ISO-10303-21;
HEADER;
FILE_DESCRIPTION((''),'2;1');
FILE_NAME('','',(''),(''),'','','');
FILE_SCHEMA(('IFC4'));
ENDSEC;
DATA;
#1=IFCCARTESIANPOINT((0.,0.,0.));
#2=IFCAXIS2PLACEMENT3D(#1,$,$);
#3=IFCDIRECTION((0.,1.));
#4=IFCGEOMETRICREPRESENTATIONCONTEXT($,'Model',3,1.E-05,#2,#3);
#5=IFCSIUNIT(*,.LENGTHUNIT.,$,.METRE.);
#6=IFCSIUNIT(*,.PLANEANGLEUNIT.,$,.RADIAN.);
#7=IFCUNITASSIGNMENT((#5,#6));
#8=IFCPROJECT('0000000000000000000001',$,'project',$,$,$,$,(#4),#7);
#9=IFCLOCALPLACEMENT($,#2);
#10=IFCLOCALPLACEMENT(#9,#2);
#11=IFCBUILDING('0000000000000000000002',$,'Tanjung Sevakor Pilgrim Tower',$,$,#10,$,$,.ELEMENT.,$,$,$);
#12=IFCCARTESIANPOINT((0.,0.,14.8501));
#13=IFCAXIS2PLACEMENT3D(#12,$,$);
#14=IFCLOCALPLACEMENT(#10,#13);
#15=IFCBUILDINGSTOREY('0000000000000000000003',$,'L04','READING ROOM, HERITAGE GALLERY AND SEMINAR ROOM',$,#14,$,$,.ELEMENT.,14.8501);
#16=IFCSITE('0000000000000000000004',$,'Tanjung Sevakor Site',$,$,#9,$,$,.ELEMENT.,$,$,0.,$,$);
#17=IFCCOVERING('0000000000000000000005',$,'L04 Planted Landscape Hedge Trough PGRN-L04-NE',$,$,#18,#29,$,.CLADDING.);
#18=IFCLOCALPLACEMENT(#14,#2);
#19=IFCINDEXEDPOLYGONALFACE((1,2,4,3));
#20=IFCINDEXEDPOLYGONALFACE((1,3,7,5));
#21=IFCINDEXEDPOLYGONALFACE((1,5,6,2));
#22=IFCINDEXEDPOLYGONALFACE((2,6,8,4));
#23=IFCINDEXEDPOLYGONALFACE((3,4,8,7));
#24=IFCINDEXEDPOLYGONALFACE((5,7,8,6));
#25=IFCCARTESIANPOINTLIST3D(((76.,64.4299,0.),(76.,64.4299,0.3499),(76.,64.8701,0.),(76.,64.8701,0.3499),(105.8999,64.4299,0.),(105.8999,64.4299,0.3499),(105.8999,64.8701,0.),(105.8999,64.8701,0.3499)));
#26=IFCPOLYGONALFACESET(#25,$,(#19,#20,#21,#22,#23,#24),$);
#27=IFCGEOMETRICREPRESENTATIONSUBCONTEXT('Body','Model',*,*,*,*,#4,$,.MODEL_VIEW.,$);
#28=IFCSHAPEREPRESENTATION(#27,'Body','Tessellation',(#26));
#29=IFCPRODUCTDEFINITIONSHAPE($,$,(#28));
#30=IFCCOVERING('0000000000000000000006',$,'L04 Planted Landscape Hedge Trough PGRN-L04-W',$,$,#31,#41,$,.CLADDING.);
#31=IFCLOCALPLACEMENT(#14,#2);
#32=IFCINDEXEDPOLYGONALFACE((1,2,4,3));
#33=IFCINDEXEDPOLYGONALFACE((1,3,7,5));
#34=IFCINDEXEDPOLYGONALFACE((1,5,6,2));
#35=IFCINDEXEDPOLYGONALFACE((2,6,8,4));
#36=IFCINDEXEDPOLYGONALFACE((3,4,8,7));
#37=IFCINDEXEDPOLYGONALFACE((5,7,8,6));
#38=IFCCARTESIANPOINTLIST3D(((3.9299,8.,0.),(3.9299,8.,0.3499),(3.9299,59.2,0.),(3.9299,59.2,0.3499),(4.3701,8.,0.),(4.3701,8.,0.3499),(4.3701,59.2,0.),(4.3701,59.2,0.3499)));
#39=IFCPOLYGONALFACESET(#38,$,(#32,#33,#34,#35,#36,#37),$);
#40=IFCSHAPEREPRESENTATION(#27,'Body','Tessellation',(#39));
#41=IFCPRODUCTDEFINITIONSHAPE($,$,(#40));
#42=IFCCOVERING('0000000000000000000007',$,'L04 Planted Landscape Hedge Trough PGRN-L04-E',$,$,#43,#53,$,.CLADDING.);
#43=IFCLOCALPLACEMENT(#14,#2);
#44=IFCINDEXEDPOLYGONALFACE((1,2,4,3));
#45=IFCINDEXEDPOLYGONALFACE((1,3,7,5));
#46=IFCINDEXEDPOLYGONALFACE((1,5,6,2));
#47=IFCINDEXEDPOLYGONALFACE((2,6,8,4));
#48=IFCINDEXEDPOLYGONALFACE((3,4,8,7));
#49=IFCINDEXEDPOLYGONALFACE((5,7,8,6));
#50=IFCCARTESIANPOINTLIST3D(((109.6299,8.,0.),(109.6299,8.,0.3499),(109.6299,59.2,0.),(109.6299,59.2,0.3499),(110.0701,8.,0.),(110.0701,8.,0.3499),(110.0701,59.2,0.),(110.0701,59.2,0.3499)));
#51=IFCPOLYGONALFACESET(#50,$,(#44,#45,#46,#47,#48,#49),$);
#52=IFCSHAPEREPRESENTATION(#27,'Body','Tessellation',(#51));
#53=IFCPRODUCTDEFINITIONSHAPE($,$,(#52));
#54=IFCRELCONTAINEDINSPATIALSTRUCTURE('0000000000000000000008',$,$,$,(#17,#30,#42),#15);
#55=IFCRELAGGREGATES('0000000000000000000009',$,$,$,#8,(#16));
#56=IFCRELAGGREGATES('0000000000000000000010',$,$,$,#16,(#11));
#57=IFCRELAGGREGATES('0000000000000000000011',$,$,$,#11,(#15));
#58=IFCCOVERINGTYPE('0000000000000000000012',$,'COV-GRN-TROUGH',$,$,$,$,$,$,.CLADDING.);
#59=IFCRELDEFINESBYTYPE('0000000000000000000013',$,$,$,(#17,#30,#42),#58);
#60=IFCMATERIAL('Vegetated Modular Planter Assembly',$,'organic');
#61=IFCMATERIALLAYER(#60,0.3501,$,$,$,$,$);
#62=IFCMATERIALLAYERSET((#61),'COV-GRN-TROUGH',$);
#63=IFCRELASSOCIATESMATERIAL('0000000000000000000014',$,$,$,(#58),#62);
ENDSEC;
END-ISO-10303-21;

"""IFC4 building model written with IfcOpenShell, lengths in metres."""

from ifc_helpers import new_model, si_unit, direction, frame, origin, place, context, subcontext, project, spatial, polyline, outline, extrude, material, layer, layer_set, type_object, element, save


model = new_model("IFC4")

# Units and contexts
model_context = context("Model", 3, precision=1e-05, world=origin(), true_north=direction((0.0, 1.0)))
body_context = subcontext(model_context, "Body", "Model", "MODEL_VIEW")
ifc_project = project(units=[si_unit("LENGTHUNIT", "METRE"), si_unit("PLANEANGLEUNIT", "RADIAN")], contexts=[model_context])

# Site, building, storey
site_placement = place(None, origin())
site = spatial("IfcSite", under=ifc_project, at=site_placement, Name="Tanjung Sevakor Site", CompositionType="ELEMENT", RefElevation=0.0)
building_placement = place(site_placement, origin())
building = spatial("IfcBuilding", under=site, at=building_placement, Name="Tanjung Sevakor Pilgrim Tower", CompositionType="ELEMENT")
storey_placement = place(building_placement, frame((0.0, 0.0, 14.8501)))
storey = spatial("IfcBuildingStorey", under=building, at=storey_placement, Name="L04", Description="READING ROOM, HERITAGE GALLERY AND SEMINAR ROOM", CompositionType="ELEMENT", Elevation=14.8501)

# Coverings
ifc_material_1 = material(Name="Vegetated Modular Planter Assembly", Category="organic")
ifc_layer_1 = layer(ifc_material_1, 0.3501)
ifc_layer_set_1 = layer_set([ifc_layer_1], Name="COV-GRN-TROUGH")
covering_type = type_object("IfcCoveringType", Name="COV-GRN-TROUGH", PredefinedType="CLADDING", material=ifc_layer_set_1)
covering_1_placement = place(storey_placement, origin())
element("IfcCovering", 1, at=covering_1_placement, inside=storey, type_object=covering_type, Name="L04 Planted Landscape Hedge Trough PGRN-L04-NE", PredefinedType="CLADDING", context=body_context, shape_type="SweptSolid", body=[
    extrude(outline(polyline([(76.0, 64.4299), (105.8999, 64.4299), (105.8999, 64.8701), (76.0, 64.8701), (76.0, 64.4299)])), origin(), (0.0, 0.0, 1.0), 0.3499),
])
covering_2_placement = place(storey_placement, origin())
element("IfcCovering", 2, at=covering_2_placement, inside=storey, type_object=covering_type, Name="L04 Planted Landscape Hedge Trough PGRN-L04-W", PredefinedType="CLADDING", context=body_context, shape_type="SweptSolid", body=[
    extrude(outline(polyline([(4.3701, 8.0), (4.3701, 59.2), (3.9299, 59.2), (3.9299, 8.0), (4.3701, 8.0)])), origin(), (0.0, 0.0, 1.0), 0.3499),
])
covering_3_placement = place(storey_placement, origin())
element("IfcCovering", 3, at=covering_3_placement, inside=storey, type_object=covering_type, Name="L04 Planted Landscape Hedge Trough PGRN-L04-E", PredefinedType="CLADDING", context=body_context, shape_type="SweptSolid", body=[
    extrude(outline(polyline([(110.0701, 8.0), (110.0701, 59.2), (109.6299, 59.2), (109.6299, 8.0), (110.0701, 8.0)])), origin(), (0.0, 0.0, 1.0), 0.3499),
])

save(model, "model.ifc")
